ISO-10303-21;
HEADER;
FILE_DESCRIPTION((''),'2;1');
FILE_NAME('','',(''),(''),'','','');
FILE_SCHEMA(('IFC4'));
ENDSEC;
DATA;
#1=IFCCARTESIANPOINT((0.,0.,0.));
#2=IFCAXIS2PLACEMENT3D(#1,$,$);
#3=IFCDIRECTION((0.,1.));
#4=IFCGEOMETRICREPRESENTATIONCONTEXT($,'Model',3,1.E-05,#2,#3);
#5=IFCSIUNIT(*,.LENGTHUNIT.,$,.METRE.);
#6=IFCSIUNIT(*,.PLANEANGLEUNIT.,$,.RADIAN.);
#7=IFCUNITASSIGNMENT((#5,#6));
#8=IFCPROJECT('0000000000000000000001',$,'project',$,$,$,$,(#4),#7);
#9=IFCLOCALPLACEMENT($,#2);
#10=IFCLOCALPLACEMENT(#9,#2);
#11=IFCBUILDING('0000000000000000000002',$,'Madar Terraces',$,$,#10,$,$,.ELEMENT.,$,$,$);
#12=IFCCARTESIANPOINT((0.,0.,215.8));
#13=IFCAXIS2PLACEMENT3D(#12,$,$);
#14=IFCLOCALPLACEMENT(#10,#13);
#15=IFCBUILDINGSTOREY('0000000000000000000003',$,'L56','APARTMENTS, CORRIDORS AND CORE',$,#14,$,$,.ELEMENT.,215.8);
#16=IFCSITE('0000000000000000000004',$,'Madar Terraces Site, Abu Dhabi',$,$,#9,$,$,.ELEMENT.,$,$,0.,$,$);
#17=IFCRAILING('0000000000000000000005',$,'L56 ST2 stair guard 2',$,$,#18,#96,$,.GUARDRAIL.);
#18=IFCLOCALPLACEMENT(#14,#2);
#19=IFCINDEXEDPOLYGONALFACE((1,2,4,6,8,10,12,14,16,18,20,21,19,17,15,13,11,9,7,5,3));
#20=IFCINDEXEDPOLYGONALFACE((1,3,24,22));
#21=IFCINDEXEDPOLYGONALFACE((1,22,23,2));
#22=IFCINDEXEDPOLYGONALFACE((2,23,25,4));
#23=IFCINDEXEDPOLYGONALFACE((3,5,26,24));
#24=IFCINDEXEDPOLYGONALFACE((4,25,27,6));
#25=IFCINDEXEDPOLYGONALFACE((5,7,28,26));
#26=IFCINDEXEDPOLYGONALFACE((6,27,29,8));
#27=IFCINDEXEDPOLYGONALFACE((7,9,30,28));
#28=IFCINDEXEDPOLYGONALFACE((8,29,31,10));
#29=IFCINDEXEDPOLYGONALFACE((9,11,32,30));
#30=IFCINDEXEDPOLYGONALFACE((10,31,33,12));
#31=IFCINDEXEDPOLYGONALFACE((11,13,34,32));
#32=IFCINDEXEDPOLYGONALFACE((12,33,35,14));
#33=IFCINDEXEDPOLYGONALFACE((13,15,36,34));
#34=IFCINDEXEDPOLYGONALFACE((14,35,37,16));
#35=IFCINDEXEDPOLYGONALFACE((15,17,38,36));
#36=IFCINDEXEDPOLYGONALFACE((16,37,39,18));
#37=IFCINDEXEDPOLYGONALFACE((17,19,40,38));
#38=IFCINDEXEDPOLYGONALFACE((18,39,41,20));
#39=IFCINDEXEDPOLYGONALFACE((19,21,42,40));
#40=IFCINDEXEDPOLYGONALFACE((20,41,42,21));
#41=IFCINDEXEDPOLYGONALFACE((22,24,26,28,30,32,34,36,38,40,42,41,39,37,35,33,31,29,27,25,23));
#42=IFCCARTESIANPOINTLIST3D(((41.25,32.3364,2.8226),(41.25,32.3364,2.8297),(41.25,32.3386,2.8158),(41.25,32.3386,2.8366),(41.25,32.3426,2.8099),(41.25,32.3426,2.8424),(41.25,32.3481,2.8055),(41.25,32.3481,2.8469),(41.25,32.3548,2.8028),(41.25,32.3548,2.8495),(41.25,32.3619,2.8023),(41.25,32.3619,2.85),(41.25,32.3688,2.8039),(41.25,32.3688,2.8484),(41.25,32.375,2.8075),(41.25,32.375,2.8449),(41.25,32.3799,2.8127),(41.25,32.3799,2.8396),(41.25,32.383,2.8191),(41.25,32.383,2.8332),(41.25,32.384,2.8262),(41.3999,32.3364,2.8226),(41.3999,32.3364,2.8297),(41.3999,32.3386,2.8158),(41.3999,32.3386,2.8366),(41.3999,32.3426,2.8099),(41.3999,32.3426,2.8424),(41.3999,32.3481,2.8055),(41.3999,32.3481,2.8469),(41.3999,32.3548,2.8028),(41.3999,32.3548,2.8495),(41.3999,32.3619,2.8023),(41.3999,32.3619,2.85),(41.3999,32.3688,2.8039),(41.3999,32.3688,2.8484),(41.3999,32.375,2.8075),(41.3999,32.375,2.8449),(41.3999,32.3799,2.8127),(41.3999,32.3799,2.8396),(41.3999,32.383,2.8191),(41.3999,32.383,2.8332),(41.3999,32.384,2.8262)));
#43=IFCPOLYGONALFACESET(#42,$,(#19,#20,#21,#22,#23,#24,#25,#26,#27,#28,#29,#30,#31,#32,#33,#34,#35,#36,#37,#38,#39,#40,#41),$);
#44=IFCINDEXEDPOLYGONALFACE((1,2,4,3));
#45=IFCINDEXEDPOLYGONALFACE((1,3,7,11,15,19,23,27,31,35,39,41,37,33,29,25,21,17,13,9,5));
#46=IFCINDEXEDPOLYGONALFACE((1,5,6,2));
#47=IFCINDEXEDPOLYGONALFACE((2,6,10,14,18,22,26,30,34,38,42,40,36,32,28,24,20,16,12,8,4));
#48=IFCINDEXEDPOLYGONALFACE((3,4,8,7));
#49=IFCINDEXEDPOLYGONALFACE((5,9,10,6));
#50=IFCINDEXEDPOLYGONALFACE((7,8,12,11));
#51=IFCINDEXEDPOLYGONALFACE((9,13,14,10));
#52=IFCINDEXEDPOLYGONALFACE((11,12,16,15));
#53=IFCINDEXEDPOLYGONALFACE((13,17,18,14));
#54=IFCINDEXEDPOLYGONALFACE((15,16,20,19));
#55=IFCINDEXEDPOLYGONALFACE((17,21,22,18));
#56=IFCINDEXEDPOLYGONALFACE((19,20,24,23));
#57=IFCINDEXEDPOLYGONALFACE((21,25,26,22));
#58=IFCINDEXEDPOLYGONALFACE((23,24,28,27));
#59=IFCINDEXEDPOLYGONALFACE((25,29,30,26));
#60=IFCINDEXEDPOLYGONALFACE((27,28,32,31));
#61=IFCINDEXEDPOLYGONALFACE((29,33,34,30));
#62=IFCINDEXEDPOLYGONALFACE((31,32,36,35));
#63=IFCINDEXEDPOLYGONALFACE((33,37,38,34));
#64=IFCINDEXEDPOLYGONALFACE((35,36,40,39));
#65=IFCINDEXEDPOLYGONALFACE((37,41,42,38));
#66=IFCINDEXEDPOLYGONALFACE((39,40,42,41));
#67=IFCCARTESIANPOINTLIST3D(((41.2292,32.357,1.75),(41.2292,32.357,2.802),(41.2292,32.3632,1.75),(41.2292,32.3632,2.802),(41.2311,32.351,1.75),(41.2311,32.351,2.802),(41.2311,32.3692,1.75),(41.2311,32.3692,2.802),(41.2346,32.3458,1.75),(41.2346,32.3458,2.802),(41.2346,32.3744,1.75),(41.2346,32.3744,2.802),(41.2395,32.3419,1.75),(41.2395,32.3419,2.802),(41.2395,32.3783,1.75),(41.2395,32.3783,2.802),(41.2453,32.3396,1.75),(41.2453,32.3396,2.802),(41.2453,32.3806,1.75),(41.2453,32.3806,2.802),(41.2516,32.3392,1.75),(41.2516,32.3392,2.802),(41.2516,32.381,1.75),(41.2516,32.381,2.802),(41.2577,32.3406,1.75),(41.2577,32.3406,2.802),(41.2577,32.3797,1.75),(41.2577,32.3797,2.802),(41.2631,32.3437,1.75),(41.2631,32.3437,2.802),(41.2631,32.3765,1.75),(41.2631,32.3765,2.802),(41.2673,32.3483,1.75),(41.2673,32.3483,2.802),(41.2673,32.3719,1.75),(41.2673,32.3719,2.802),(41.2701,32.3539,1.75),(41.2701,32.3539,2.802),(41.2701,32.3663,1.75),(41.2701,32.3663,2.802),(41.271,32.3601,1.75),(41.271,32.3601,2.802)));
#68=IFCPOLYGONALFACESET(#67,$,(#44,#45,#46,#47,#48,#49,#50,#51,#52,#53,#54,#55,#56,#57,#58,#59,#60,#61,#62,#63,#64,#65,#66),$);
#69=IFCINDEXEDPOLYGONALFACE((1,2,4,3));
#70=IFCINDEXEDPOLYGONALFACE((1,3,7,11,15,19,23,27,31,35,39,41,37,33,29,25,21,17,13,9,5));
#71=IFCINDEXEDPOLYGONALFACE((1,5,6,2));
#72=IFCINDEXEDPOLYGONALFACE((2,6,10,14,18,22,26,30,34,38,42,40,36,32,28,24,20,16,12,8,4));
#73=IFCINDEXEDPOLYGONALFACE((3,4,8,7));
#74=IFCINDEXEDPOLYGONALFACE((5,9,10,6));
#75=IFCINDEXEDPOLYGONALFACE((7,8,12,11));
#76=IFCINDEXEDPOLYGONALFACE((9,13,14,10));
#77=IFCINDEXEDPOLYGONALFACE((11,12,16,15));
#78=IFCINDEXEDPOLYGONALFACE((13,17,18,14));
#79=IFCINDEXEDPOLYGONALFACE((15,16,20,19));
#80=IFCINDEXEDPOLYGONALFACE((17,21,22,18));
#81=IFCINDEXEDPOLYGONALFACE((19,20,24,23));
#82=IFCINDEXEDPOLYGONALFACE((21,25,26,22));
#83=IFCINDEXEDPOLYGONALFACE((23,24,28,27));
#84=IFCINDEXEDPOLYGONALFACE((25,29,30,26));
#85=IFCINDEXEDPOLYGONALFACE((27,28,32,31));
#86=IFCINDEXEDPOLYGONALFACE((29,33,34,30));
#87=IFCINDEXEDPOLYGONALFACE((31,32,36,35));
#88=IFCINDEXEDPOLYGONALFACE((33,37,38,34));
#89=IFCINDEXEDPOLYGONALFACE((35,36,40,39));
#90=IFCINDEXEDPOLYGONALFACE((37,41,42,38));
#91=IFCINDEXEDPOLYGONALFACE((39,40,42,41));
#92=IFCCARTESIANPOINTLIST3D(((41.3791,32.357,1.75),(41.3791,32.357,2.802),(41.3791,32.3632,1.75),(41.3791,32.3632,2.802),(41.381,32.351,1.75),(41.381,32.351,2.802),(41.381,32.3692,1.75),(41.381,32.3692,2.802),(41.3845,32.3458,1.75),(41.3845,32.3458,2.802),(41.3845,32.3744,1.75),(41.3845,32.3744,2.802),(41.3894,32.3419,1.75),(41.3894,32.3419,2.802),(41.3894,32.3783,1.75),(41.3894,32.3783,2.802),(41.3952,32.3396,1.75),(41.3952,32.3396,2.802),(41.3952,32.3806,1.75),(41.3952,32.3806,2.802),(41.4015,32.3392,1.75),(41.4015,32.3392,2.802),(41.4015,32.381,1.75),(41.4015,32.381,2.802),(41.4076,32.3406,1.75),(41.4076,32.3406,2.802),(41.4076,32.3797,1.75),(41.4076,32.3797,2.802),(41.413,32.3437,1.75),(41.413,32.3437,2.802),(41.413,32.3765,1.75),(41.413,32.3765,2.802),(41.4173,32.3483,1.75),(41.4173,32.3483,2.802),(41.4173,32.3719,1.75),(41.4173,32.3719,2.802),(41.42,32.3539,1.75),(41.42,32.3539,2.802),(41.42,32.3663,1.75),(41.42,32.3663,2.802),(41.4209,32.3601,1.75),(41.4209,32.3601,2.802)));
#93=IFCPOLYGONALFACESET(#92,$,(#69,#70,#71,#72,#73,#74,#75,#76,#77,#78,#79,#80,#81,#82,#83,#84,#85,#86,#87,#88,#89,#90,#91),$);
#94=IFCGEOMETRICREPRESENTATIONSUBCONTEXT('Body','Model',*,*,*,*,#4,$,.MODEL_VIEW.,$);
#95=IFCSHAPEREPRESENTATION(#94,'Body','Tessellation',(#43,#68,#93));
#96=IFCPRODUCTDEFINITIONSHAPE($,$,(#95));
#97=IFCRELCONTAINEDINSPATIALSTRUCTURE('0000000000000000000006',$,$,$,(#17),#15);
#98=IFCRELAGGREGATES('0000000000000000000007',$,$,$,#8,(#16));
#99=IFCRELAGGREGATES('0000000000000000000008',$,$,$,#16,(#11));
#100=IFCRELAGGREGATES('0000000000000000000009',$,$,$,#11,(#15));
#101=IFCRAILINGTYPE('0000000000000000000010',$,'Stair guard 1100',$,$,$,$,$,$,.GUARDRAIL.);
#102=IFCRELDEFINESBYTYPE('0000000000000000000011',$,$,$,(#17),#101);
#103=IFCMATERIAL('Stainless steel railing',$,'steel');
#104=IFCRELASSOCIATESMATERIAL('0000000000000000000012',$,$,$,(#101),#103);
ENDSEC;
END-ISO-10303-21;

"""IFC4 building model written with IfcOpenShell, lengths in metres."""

from ifc_helpers import new_model, si_unit, direction, frame, origin, origin_2d, place, context, subcontext, project, spatial, circle, extrude, material, type_object, element, save


model = new_model("IFC4")

# Units and contexts
model_context = context("Model", 3, precision=1e-05, world=origin(), true_north=direction((0.0, 1.0)))
body_context = subcontext(model_context, "Body", "Model", "MODEL_VIEW")
ifc_project = project(units=[si_unit("LENGTHUNIT", "METRE"), si_unit("PLANEANGLEUNIT", "RADIAN")], contexts=[model_context])

# Site, building, storey
site_placement = place(None, origin())
site = spatial("IfcSite", under=ifc_project, at=site_placement, Name="Madar Terraces Site, Abu Dhabi", CompositionType="ELEMENT", RefElevation=0.0)
building_placement = place(site_placement, origin())
building = spatial("IfcBuilding", under=site, at=building_placement, Name="Madar Terraces", CompositionType="ELEMENT")
storey_placement = place(building_placement, frame((0.0, 0.0, 215.8)))
storey = spatial("IfcBuildingStorey", under=building, at=storey_placement, Name="L56", Description="APARTMENTS, CORRIDORS AND CORE", CompositionType="ELEMENT", Elevation=215.8)

# Railing
ifc_material_1 = material(Name="Stainless steel railing", Category="steel")
railing_type_1 = type_object("IfcRailingType", Name="Stair guard 1100", PredefinedType="GUARDRAIL", material=ifc_material_1)
railing_1_placement = place(storey_placement, frame((41.25, 32.3601, 1.75)))
element("IfcRailing", 1, at=railing_1_placement, inside=storey, type_object=railing_type_1, Name="L56 ST2 stair guard 2", PredefinedType="GUARDRAIL", context=body_context, shape_type="SweptSolid", body=[
    extrude(circle(Radius=0.0239, at=origin_2d()), frame((0.0, 0.0, 1.0762), z_axis=(1.0, 0.0, 0.0), x_axis=(0.0, 1.0, 0.0)), (0.0, 0.0, 1.0), 0.1499),
    extrude(circle(Radius=0.021, at=origin_2d()), origin(), (0.0, 0.0, 1.0), 1.052),
    extrude(circle(Radius=0.021, at=origin_2d()), frame((0.1499, 0.0, 0.0)), (0.0, 0.0, 1.0), 1.052),
])

save(model, "model.ifc")
